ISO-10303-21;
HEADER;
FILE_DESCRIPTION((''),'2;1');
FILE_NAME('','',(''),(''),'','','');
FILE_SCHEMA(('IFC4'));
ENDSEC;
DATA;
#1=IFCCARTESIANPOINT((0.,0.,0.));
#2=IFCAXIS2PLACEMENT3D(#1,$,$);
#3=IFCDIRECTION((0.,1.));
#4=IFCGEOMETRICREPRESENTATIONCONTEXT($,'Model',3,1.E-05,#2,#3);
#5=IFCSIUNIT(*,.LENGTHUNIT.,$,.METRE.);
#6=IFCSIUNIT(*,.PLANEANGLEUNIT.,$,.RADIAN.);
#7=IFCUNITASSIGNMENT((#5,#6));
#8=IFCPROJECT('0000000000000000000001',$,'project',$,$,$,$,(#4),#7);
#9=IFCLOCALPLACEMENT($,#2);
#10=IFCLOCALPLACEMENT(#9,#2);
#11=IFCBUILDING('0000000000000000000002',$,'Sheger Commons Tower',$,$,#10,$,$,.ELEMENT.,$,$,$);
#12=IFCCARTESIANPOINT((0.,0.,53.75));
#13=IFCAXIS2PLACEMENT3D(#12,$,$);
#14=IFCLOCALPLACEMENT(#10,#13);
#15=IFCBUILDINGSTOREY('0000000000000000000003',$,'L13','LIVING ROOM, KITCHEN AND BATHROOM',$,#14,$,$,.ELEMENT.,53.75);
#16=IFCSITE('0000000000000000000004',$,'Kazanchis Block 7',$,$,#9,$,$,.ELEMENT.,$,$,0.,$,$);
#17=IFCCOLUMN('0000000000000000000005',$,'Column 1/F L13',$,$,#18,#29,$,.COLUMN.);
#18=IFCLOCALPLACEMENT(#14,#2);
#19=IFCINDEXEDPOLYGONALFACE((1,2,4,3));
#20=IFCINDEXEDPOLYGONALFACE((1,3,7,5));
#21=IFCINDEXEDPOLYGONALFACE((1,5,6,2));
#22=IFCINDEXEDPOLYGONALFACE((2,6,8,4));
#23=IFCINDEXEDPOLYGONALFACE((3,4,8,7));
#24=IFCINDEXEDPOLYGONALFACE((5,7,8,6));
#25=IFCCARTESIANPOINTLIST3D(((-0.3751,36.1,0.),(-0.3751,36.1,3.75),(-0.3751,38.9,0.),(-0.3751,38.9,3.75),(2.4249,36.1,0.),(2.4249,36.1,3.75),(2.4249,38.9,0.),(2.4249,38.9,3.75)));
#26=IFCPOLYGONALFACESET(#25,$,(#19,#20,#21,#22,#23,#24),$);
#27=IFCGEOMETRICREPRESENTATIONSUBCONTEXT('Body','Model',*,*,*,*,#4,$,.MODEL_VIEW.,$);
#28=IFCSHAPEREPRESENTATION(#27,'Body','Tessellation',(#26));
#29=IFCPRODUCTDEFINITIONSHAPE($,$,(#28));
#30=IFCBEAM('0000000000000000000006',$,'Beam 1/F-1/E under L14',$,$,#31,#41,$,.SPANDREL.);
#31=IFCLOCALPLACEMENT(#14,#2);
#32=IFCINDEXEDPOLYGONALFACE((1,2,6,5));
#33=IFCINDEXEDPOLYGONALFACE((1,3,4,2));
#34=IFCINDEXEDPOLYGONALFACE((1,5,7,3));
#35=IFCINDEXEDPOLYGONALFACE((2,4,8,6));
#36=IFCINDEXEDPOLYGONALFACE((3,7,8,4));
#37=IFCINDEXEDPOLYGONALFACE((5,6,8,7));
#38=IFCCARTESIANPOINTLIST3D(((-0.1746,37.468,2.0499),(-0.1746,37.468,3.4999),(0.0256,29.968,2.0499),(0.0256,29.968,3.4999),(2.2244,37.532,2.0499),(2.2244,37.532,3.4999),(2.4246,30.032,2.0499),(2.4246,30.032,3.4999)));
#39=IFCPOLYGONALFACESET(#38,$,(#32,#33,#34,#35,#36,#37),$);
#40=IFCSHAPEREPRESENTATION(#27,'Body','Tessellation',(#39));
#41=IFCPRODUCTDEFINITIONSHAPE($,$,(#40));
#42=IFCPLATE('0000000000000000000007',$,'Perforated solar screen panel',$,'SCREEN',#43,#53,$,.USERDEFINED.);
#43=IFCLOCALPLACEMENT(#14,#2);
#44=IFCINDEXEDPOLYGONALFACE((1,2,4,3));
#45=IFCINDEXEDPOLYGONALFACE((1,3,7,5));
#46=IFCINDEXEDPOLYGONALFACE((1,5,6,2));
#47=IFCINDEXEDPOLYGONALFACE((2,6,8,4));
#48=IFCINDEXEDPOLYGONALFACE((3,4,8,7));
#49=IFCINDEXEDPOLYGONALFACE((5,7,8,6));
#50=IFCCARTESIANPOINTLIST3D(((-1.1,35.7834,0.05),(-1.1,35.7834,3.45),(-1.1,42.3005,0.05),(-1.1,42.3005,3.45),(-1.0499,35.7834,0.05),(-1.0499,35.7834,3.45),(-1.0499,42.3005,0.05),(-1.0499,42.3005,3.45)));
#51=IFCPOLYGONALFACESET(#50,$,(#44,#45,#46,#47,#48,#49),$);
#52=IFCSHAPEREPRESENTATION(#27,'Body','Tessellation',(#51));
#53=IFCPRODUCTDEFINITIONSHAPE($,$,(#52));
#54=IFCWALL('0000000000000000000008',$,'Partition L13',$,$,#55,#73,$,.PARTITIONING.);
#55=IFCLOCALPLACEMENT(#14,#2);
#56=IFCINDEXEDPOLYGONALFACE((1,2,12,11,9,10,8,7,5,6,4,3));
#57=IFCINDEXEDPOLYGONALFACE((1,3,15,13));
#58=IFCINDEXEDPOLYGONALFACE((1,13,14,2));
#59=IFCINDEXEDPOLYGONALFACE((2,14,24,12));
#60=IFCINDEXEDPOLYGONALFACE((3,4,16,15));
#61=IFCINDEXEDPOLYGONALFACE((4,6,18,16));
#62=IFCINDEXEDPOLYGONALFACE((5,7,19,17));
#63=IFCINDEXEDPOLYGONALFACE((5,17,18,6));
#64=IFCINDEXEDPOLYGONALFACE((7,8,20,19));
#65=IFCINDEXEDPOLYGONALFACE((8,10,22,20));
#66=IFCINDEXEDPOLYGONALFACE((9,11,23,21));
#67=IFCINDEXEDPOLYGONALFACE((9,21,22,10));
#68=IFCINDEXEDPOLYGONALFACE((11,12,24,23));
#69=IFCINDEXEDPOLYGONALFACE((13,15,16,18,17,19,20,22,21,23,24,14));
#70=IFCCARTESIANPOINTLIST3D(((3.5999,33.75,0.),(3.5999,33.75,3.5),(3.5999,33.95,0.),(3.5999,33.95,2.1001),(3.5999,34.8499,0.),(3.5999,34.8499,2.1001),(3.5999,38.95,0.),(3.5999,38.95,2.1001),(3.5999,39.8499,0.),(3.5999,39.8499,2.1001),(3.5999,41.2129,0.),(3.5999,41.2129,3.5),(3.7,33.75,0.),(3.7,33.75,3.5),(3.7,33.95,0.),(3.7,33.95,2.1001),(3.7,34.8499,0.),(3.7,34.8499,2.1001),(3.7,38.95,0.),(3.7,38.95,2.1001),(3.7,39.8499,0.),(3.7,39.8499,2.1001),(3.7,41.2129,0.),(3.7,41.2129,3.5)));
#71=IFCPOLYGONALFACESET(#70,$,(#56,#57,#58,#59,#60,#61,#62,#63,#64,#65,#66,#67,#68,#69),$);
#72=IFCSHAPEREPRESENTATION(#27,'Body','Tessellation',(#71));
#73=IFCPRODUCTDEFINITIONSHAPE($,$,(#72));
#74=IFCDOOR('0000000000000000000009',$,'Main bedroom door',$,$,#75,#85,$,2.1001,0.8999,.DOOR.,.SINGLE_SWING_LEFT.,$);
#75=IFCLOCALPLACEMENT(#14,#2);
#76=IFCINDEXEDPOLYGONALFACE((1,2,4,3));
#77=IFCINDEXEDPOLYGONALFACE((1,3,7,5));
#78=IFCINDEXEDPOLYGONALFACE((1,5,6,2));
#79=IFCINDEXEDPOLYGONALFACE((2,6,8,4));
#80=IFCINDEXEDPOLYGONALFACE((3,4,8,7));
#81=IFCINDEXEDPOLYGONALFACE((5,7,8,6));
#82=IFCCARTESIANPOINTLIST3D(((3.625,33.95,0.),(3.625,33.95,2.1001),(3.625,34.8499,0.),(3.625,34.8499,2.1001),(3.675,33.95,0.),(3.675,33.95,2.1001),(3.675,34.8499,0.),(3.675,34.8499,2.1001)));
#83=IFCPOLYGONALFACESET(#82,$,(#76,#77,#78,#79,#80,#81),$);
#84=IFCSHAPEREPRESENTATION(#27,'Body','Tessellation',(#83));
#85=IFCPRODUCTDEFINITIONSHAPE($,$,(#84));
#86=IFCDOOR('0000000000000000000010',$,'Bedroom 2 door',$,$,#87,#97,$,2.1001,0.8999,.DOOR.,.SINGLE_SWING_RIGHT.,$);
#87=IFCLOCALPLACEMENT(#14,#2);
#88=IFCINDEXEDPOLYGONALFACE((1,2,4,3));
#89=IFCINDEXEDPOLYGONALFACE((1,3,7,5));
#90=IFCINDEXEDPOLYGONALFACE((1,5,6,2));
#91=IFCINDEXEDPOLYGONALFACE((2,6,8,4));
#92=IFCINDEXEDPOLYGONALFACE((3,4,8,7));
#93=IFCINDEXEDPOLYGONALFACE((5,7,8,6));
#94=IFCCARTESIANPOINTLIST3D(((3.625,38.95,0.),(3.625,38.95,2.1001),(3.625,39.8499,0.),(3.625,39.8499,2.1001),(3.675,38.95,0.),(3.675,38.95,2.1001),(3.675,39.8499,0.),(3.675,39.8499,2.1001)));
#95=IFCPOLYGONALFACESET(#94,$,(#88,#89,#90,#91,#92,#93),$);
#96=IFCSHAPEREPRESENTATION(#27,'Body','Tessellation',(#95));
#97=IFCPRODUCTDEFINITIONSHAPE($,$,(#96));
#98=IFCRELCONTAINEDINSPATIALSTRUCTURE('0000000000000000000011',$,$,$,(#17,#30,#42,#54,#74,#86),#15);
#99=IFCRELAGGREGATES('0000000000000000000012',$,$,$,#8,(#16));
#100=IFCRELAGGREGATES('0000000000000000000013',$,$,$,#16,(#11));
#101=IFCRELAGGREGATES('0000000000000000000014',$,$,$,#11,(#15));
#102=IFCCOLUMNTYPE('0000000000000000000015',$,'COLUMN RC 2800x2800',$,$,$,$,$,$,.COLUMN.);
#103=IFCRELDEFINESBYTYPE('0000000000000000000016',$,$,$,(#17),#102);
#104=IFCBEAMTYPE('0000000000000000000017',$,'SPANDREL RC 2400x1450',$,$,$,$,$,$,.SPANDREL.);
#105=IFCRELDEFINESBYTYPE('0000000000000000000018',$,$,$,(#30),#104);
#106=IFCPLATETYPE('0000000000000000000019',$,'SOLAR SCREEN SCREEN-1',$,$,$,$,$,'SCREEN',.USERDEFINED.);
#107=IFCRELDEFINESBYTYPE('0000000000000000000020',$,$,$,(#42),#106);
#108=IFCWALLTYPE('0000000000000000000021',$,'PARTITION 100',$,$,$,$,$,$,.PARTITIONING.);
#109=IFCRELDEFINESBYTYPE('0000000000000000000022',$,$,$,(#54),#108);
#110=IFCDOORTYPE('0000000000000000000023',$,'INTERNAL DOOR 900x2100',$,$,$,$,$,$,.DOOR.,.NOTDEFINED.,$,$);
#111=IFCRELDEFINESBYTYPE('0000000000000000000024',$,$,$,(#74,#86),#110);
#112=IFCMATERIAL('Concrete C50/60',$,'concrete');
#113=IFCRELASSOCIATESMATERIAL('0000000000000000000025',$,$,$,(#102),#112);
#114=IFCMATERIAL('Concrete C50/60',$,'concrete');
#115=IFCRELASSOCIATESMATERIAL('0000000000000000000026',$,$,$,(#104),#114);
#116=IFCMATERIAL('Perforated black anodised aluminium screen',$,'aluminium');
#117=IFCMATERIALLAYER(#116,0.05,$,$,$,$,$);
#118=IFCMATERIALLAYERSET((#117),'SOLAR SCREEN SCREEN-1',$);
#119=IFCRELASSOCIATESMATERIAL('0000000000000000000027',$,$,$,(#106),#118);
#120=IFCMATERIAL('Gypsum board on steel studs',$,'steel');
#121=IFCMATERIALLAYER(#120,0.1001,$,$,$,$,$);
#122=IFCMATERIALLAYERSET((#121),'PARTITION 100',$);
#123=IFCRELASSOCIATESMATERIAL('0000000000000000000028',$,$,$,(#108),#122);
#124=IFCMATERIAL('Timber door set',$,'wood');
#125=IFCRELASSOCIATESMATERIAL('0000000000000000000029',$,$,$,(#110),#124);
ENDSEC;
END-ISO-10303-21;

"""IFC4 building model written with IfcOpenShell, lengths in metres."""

from ifc_helpers import new_model, si_unit, direction, frame, frame_2d, origin, origin_2d, place, context, subcontext, project, spatial, rectangle, extrude, material, layer, layer_set, material_profile, profile_set, type_object, element, fill, save


model = new_model("IFC4")

# Units and contexts
model_context = context("Model", 3, precision=1e-05, world=origin(), true_north=direction((0.0, 1.0)))
body_context = subcontext(model_context, "Body", "Model", "MODEL_VIEW")
ifc_project = project(units=[si_unit("LENGTHUNIT", "METRE"), si_unit("PLANEANGLEUNIT", "RADIAN")], contexts=[model_context])

# Site, building, storey
site_placement = place(None, origin())
site = spatial("IfcSite", under=ifc_project, at=site_placement, Name="Kazanchis Block 7", CompositionType="ELEMENT", RefElevation=0.0)
building_placement = place(site_placement, origin())
building = spatial("IfcBuilding", under=site, at=building_placement, Name="Sheger Commons Tower", CompositionType="ELEMENT")
storey_placement = place(building_placement, frame((0.0, 0.0, 53.75)))
storey = spatial("IfcBuildingStorey", under=building, at=storey_placement, Name="L13", Description="LIVING ROOM, KITCHEN AND BATHROOM", CompositionType="ELEMENT", Elevation=53.75)

# Column
ifc_material_1 = material(Name="Concrete C50/60", Category="concrete")
ifc_material_profile_1 = material_profile(ifc_material_1, rectangle(XDim=2.8, YDim=2.8, at=origin_2d()), Name="RC 2800x2800")
ifc_profile_set_1 = profile_set([ifc_material_profile_1], Name="Concrete C50/60")
column_type = type_object("IfcColumnType", Name="COLUMN RC 2800x2800", PredefinedType="COLUMN", material=ifc_profile_set_1)
column_placement = place(storey_placement, frame((1.0249, 37.5, 0.0), z_axis=(0.0, 0.0, 1.0), x_axis=(1.0, 0.0, 0.0)))
element("IfcColumn", 1, at=column_placement, inside=storey, type_object=column_type, Name="Column 1/F L13", PredefinedType="COLUMN", context=body_context, shape_type="SweptSolid", body=[
    extrude(rectangle(XDim=2.8, YDim=2.8, at=origin_2d()), origin(), (0.0, 0.0, 1.0), 3.75),
])

# Beam
ifc_material_2 = material(Name="Concrete C50/60", Category="concrete")
ifc_material_profile_2 = material_profile(ifc_material_2, rectangle(XDim=2.3999, YDim=1.45, at=origin_2d()), Name="RC 2400x1450")
ifc_profile_set_2 = profile_set([ifc_material_profile_2], Name="Concrete C50/60")
beam_type = type_object("IfcBeamType", Name="SPANDREL RC 2400x1450", PredefinedType="SPANDREL", material=ifc_profile_set_2)
beam_placement = place(storey_placement, frame((1.0249, 37.5, 2.7749), z_axis=(0.026683, -0.999644, 0.0), x_axis=(0.999644, 0.026683, 0.0)))
element("IfcBeam", 2, at=beam_placement, inside=storey, type_object=beam_type, Name="Beam 1/F-1/E under L14", PredefinedType="SPANDREL", context=body_context, shape_type="SweptSolid", body=[
    extrude(rectangle(XDim=2.3999, YDim=1.45, at=origin_2d()), origin(), (0.0, 0.0, 1.0), 7.5027),
])

# Plate
ifc_material_3 = material(Name="Perforated black anodised aluminium screen", Category="aluminium")
ifc_layer_1 = layer(ifc_material_3, 0.05)
ifc_layer_set_1 = layer_set([ifc_layer_1], Name="SOLAR SCREEN SCREEN-1")
plate_type = type_object("IfcPlateType", Name="SOLAR SCREEN SCREEN-1", ElementType="SCREEN", PredefinedType="USERDEFINED", material=ifc_layer_set_1)
plate_placement = place(storey_placement, frame((-1.075, 39.042, 0.05), z_axis=(0.0, 0.0, 1.0), x_axis=(0.0, -1.0, 0.0)))
element("IfcPlate", 3, at=plate_placement, inside=storey, type_object=plate_type, Name="Perforated solar screen panel", ObjectType="SCREEN", PredefinedType="USERDEFINED", context=body_context, shape_type="SweptSolid", body=[
    extrude(rectangle(XDim=6.5171, YDim=0.05, at=origin_2d()), origin(), (0.0, 0.0, 1.0), 3.3999),
])

# Wall, openings, doors
ifc_material_4 = material(Name="Gypsum board on steel studs", Category="steel")
ifc_layer_2 = layer(ifc_material_4, 0.1001)
ifc_layer_set_2 = layer_set([ifc_layer_2], Name="PARTITION 100")
wall_type = type_object("IfcWallType", Name="PARTITION 100", PredefinedType="PARTITIONING", material=ifc_layer_set_2)
wall_1_placement = place(storey_placement, frame((3.6499, 33.75, 0.0), z_axis=(0.0, 0.0, 1.0), x_axis=(0.0, 1.0, 0.0)))
wall_1 = element("IfcWall", 4, at=wall_1_placement, inside=storey, type_object=wall_type, Name="Partition L13", PredefinedType="PARTITIONING", context=body_context, shape_type="SweptSolid", body=[
    extrude(rectangle(XDim=7.4629, YDim=0.1001, at=frame_2d((3.7314, 0.0))), origin(), (0.0, 0.0, 1.0), 3.5),
])
opening_1_placement = place(wall_1_placement, frame((0.2, 0.0, 0.0)))
opening_1 = element("IfcOpeningElement", 5, at=opening_1_placement, cuts=wall_1, PredefinedType="OPENING", context=body_context, shape_type="SweptSolid", body=[
    extrude(rectangle(XDim=0.8999, YDim=2.1001, at=frame_2d((0.45, 1.05))), frame((0.0, 0.0601, 0.0), z_axis=(0.0, -1.0, 0.0), x_axis=(1.0, 0.0, 0.0)), (0.0, 0.0, 1.0), 0.1201),
])
opening_2_placement = place(wall_1_placement, frame((5.2, 0.0, 0.0)))
opening_2 = element("IfcOpeningElement", 6, at=opening_2_placement, cuts=wall_1, PredefinedType="OPENING", context=body_context, shape_type="SweptSolid", body=[
    extrude(rectangle(XDim=0.8999, YDim=2.1001, at=frame_2d((0.45, 1.05))), frame((0.0, 0.0601, 0.0), z_axis=(0.0, -1.0, 0.0), x_axis=(1.0, 0.0, 0.0)), (0.0, 0.0, 1.0), 0.1201),
])
ifc_material_5 = material(Name="Timber door set", Category="wood")
door_type = type_object("IfcDoorType", Name="INTERNAL DOOR 900x2100", OperationType="NOTDEFINED", PredefinedType="DOOR", material=ifc_material_5)
door_1_placement = place(opening_1_placement, origin())
door_1 = element("IfcDoor", 7, at=door_1_placement, inside=storey, type_object=door_type, Name="Main bedroom door", OperationType="SINGLE_SWING_LEFT", OverallHeight=2.1001, OverallWidth=0.8999, PredefinedType="DOOR", context=body_context, shape_type="SweptSolid", body=[
    extrude(rectangle(XDim=0.8999, YDim=2.1001, at=frame_2d((0.45, 1.05))), frame((0.0, 0.0249, 0.0), z_axis=(0.0, -1.0, 0.0), x_axis=(1.0, 0.0, 0.0)), (0.0, 0.0, 1.0), 0.05),
])
fill(opening_1, door_1)
door_2_placement = place(opening_2_placement, origin())
door_2 = element("IfcDoor", 8, at=door_2_placement, inside=storey, type_object=door_type, Name="Bedroom 2 door", OperationType="SINGLE_SWING_RIGHT", OverallHeight=2.1001, OverallWidth=0.8999, PredefinedType="DOOR", context=body_context, shape_type="SweptSolid", body=[
    extrude(rectangle(XDim=0.8999, YDim=2.1001, at=frame_2d((0.45, 1.05))), frame((0.0, 0.0249, 0.0), z_axis=(0.0, -1.0, 0.0), x_axis=(1.0, 0.0, 0.0)), (0.0, 0.0, 1.0), 0.05),
])
fill(opening_2, door_2)

save(model, "model.ifc")
